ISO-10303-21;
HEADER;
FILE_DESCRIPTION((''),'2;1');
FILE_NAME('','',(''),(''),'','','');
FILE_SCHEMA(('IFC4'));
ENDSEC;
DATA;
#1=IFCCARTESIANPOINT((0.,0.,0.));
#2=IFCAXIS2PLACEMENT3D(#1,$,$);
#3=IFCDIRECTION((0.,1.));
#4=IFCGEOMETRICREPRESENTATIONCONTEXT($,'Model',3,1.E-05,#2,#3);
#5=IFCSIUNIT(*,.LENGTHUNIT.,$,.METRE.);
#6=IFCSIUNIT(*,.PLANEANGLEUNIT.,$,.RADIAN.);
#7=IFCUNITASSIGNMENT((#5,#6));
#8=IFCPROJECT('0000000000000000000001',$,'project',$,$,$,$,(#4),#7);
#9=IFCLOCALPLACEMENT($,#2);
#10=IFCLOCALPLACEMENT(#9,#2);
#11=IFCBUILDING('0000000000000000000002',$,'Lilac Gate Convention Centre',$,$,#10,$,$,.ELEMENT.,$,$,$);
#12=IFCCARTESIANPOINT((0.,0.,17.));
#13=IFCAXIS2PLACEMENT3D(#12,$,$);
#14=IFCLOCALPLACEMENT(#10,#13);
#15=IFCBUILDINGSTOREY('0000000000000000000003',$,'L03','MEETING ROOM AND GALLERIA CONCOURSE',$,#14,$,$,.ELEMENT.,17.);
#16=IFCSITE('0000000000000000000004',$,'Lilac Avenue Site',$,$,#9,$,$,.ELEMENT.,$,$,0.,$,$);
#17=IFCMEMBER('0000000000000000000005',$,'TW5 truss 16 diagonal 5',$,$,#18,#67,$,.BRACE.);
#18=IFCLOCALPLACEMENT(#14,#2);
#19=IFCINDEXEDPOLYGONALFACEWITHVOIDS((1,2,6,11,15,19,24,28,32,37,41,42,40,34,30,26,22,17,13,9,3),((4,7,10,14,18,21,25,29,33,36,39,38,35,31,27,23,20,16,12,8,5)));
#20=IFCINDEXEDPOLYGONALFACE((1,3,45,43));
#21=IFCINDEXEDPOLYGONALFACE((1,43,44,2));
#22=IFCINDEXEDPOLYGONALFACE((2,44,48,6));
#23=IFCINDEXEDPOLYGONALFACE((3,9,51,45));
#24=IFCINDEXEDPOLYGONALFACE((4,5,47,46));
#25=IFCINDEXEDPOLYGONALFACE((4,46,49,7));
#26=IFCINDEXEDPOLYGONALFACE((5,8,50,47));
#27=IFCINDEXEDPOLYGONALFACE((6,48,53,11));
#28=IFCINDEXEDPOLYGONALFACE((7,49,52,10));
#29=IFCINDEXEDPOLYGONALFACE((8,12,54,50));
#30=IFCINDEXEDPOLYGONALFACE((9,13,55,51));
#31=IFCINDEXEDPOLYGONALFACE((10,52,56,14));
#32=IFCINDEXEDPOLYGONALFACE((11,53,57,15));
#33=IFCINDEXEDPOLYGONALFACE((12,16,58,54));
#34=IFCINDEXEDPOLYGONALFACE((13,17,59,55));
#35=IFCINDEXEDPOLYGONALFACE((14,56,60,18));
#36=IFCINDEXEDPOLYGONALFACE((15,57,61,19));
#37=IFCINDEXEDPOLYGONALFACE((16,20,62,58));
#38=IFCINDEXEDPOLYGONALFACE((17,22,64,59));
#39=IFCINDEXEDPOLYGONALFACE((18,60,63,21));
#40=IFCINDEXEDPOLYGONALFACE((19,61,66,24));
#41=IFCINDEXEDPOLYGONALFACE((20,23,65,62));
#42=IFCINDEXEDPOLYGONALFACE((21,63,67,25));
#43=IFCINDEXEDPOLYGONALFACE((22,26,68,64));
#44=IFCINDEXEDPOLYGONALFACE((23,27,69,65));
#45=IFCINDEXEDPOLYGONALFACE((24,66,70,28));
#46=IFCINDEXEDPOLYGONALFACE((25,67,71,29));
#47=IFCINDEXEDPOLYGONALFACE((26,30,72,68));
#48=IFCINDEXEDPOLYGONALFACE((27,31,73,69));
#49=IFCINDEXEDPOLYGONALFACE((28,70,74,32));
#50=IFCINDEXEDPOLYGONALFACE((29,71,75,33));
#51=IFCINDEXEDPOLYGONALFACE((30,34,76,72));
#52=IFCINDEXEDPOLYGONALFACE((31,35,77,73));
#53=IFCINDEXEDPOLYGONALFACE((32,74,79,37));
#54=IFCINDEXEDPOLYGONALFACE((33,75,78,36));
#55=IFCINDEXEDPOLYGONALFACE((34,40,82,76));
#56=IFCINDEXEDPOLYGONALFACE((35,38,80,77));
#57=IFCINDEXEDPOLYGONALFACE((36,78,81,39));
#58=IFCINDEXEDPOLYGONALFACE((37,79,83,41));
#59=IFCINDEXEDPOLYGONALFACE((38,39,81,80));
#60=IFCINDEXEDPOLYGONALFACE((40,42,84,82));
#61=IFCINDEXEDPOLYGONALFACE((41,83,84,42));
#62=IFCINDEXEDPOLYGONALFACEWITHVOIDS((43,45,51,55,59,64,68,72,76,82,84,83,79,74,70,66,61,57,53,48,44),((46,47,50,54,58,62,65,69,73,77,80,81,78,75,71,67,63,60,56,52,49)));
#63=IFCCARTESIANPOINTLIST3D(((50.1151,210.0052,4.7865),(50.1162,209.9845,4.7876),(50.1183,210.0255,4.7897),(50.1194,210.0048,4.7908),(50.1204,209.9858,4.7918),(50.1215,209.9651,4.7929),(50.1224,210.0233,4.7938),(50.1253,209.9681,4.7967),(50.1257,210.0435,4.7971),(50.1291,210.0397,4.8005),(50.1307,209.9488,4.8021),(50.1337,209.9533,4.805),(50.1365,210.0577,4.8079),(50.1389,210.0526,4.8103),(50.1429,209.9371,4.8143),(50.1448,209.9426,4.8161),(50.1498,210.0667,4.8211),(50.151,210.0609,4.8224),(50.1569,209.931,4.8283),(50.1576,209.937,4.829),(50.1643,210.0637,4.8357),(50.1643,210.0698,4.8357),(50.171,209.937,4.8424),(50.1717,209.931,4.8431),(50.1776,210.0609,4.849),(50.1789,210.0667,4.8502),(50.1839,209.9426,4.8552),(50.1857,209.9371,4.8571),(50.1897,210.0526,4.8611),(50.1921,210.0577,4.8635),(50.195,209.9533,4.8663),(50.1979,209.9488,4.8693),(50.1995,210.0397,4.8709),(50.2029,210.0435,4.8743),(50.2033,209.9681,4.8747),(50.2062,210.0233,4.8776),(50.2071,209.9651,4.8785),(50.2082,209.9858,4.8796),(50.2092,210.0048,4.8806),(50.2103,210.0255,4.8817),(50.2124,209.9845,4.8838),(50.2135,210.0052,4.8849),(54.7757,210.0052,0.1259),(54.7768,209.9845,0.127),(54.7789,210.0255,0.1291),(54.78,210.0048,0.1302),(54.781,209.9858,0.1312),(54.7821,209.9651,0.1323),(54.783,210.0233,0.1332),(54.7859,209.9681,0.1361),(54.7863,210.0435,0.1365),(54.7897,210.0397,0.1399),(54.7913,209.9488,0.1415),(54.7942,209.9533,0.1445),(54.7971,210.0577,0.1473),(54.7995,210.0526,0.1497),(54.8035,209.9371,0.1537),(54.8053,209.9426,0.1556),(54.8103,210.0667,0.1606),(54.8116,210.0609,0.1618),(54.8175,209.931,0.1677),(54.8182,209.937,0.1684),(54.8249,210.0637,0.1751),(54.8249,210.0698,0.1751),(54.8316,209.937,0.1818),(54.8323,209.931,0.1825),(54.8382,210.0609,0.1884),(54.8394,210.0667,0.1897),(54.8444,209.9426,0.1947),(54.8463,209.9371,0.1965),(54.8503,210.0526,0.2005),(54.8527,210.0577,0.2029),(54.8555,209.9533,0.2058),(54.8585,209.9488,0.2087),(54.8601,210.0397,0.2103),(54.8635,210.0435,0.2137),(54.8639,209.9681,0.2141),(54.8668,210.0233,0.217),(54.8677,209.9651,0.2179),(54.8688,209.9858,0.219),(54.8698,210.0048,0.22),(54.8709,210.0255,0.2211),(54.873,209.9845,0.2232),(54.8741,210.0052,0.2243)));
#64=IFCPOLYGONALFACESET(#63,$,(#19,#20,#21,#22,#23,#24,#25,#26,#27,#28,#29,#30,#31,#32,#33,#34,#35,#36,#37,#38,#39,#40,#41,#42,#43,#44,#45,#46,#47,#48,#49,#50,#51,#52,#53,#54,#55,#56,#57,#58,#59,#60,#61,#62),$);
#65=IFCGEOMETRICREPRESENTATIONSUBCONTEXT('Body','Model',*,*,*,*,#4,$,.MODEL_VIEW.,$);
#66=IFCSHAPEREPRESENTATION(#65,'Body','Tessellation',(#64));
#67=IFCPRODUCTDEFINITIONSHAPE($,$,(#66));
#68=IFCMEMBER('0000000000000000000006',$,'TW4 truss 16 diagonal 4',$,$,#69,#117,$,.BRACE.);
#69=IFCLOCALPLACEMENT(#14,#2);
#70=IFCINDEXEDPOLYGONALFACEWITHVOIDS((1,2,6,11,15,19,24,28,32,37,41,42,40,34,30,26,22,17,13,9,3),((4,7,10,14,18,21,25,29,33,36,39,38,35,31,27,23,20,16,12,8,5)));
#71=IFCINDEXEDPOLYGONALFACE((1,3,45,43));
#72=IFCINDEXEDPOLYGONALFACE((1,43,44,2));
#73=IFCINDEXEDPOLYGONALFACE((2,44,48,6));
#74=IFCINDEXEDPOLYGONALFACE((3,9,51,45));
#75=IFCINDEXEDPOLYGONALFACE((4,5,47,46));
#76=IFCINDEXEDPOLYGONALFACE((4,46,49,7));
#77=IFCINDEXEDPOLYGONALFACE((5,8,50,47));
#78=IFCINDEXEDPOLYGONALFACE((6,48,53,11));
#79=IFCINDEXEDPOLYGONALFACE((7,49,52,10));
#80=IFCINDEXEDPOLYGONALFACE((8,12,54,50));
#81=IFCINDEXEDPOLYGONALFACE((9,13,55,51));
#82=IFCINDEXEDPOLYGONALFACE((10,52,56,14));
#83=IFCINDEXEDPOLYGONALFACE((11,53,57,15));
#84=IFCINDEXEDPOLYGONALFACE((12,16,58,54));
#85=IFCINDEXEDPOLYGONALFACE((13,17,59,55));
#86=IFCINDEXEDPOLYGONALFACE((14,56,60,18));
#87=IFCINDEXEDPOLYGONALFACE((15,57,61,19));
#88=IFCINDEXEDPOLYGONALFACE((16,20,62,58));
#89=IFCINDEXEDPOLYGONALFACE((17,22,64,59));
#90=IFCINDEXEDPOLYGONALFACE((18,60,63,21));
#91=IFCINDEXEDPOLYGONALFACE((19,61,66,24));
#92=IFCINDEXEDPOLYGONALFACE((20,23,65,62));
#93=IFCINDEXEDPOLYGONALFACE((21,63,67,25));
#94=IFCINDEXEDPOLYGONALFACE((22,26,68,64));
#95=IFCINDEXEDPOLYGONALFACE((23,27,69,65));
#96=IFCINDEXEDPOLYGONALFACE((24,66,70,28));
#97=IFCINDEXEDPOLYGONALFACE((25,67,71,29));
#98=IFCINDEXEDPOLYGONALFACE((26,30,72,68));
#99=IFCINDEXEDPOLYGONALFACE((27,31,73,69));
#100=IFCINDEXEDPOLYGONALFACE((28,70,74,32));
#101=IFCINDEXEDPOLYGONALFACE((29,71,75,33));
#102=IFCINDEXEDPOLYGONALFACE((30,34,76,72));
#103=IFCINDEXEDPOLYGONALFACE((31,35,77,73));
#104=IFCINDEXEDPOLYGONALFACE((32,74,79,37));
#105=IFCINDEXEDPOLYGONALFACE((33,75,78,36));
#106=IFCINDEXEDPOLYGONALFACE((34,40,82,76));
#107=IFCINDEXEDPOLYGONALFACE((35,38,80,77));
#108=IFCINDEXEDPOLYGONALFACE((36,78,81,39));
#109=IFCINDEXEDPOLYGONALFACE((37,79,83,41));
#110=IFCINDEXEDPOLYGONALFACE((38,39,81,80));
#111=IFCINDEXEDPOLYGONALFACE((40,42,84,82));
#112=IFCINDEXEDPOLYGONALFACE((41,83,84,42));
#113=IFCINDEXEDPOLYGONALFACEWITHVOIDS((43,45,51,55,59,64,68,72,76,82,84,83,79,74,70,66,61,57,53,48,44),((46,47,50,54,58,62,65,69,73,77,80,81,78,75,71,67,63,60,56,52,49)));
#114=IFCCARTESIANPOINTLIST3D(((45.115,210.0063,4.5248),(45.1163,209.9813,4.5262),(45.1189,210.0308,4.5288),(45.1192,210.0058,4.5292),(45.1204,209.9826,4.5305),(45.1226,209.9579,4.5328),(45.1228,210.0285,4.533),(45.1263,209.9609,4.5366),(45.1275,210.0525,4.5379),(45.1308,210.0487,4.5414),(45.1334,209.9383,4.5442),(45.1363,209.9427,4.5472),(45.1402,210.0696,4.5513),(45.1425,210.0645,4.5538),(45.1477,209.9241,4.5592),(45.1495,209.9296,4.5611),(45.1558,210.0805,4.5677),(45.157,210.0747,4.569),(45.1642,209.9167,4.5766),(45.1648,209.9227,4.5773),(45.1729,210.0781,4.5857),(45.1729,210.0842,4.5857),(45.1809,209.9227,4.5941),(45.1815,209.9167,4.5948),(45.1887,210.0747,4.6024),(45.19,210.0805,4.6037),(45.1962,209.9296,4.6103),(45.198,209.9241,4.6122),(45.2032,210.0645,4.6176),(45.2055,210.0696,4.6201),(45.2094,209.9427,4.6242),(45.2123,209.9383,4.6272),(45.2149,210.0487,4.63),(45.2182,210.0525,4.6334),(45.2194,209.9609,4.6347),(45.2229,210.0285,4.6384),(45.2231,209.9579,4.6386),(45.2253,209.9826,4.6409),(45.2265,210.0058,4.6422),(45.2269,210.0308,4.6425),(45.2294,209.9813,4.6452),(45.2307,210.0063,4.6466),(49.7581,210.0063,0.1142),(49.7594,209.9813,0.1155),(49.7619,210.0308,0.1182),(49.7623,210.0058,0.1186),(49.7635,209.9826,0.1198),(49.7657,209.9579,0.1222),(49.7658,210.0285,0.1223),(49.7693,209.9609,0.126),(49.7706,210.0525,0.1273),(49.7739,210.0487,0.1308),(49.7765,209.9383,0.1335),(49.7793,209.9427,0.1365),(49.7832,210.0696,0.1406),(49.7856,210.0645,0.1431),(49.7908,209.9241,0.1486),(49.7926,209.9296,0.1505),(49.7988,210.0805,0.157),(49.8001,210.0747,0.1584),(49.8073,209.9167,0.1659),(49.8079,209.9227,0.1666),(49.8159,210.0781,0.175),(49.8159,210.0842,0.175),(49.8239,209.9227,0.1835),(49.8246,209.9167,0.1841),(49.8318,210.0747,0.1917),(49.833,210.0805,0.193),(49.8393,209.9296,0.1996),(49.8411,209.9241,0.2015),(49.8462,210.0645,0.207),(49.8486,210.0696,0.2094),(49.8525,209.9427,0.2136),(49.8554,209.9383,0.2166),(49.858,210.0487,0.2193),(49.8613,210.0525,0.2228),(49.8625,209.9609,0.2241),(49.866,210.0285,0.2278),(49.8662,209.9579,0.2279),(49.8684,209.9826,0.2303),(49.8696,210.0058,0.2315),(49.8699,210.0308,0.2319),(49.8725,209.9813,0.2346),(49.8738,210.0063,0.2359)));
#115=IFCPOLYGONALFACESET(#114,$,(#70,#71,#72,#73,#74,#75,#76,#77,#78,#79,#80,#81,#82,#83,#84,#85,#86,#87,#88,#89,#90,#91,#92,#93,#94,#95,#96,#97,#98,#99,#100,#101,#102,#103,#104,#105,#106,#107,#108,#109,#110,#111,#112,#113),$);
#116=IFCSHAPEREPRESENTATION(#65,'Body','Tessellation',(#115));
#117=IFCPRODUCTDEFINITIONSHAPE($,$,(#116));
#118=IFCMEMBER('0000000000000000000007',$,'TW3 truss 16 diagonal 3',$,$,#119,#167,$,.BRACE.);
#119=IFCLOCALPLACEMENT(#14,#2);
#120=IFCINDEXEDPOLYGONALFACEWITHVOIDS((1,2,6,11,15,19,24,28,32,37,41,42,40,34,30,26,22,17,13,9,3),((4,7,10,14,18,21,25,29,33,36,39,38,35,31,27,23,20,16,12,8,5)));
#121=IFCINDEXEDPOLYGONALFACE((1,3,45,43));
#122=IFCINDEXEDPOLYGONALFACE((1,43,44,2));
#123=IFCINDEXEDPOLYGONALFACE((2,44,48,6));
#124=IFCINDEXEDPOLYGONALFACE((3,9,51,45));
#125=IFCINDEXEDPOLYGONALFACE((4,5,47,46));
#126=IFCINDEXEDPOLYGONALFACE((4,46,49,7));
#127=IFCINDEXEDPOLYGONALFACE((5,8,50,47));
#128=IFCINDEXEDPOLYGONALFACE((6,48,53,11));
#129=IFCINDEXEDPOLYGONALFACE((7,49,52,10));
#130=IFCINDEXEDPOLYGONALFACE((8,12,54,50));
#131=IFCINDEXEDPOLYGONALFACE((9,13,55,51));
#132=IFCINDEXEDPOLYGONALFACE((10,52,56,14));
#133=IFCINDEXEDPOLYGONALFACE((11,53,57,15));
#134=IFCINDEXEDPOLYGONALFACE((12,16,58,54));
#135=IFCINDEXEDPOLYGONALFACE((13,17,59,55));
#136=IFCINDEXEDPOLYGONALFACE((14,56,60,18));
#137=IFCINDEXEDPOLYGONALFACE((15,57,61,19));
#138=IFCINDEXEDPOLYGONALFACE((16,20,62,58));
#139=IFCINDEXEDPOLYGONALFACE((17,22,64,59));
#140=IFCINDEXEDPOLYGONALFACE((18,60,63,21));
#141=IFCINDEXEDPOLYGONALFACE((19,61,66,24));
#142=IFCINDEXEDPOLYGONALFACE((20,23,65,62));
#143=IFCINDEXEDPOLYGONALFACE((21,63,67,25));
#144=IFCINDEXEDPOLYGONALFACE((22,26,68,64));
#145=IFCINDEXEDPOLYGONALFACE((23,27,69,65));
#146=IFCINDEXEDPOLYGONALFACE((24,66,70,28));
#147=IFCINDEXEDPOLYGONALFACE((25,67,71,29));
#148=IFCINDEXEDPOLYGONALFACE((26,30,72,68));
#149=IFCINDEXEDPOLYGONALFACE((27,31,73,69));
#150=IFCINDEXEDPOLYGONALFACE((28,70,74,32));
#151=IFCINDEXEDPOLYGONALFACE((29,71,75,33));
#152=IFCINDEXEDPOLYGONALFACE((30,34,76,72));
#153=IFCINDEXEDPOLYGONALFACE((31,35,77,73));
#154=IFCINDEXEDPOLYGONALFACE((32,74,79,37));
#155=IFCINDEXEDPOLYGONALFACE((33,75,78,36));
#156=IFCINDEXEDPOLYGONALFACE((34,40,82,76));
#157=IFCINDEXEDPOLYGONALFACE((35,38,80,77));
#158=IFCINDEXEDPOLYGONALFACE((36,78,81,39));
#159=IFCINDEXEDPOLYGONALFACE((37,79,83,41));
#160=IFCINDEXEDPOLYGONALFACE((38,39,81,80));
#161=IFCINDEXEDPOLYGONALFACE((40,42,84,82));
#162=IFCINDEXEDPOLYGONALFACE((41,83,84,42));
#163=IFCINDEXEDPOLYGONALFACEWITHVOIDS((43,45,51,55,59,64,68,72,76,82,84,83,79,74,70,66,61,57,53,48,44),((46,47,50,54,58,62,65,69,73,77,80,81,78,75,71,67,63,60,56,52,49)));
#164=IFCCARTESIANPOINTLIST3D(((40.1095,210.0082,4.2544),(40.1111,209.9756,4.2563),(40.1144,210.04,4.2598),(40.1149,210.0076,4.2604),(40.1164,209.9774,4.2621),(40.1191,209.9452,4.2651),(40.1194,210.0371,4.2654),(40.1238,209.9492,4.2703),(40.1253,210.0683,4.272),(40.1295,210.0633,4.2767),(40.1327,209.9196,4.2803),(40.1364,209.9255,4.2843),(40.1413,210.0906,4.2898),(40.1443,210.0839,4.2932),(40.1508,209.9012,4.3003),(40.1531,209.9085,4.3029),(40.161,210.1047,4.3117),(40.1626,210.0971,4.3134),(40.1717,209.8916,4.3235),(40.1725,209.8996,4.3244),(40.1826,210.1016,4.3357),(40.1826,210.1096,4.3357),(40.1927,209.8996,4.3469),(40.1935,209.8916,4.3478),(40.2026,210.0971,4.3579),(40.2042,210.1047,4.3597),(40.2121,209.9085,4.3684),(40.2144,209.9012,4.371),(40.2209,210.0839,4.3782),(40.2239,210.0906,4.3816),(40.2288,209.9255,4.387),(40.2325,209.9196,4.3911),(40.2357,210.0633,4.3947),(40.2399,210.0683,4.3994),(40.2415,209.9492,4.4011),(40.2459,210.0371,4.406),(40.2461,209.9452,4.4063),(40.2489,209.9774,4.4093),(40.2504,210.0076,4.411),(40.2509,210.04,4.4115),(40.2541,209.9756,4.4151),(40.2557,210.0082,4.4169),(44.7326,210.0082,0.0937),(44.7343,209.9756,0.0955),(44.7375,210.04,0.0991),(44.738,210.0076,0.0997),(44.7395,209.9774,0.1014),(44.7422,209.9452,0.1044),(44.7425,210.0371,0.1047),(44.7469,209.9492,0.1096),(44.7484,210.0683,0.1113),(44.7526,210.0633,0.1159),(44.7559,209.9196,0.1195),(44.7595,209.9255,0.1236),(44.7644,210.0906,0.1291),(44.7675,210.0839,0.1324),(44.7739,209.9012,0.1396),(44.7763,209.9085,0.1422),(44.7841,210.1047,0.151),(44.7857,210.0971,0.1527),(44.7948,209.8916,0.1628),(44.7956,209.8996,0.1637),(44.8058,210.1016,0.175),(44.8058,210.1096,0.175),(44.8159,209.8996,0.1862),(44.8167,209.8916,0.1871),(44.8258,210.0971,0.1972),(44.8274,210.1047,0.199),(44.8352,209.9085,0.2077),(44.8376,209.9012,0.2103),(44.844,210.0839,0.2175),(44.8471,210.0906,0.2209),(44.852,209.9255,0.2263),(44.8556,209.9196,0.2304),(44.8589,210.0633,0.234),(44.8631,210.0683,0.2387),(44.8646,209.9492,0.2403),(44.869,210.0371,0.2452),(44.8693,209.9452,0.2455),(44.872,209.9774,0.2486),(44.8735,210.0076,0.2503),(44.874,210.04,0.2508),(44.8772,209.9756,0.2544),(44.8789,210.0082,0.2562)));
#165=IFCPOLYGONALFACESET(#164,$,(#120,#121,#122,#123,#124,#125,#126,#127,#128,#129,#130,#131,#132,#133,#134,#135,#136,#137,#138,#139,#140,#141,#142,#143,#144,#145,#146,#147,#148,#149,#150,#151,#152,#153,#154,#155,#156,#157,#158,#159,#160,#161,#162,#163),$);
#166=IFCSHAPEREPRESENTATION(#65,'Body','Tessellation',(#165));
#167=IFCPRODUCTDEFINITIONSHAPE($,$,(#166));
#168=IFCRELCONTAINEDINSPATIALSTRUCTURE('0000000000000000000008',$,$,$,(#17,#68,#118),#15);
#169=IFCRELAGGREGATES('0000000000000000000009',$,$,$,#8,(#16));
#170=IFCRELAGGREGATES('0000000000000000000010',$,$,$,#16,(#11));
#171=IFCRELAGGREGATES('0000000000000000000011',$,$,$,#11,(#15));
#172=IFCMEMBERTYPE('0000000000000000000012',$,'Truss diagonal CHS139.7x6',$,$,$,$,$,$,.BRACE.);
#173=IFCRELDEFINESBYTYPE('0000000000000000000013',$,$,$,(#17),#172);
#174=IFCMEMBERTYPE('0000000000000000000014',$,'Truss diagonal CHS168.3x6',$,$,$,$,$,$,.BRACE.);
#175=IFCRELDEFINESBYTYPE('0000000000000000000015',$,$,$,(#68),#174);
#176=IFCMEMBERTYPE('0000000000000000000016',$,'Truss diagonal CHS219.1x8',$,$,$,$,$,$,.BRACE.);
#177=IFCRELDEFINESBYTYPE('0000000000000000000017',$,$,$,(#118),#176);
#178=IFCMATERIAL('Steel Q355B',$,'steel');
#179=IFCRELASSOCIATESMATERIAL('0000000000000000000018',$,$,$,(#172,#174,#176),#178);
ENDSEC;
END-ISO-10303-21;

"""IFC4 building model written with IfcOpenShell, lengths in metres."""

from ifc_helpers import new_model, si_unit, direction, frame, origin, origin_2d, place, context, subcontext, project, spatial, hollow_circle, extrude, material, material_profile, profile_set, type_object, element, save


model = new_model("IFC4")

# Units and contexts
model_context = context("Model", 3, precision=1e-05, world=origin(), true_north=direction((0.0, 1.0)))
body_context = subcontext(model_context, "Body", "Model", "MODEL_VIEW")
ifc_project = project(units=[si_unit("LENGTHUNIT", "METRE"), si_unit("PLANEANGLEUNIT", "RADIAN")], contexts=[model_context])

# Site, building, storey
site_placement = place(None, origin())
site = spatial("IfcSite", under=ifc_project, at=site_placement, Name="Lilac Avenue Site", CompositionType="ELEMENT", RefElevation=0.0)
building_placement = place(site_placement, origin())
building = spatial("IfcBuilding", under=site, at=building_placement, Name="Lilac Gate Convention Centre", CompositionType="ELEMENT")
storey_placement = place(building_placement, frame((0.0, 0.0, 17.0)))
storey = spatial("IfcBuildingStorey", under=building, at=storey_placement, Name="L03", Description="MEETING ROOM AND GALLERIA CONCOURSE", CompositionType="ELEMENT", Elevation=17.0)

# Members
ifc_material = material(Name="Steel Q355B", Category="steel")
ifc_material_profile_1 = material_profile(ifc_material, hollow_circle(Radius=0.0698, WallThickness=0.0061, at=origin_2d()), Name="CHS139.7x6")
ifc_profile_set_1 = profile_set([ifc_material_profile_1], Name="Steel Q355B")
member_type_1 = type_object("IfcMemberType", Name="Truss diagonal CHS139.7x6", PredefinedType="BRACE", material=ifc_profile_set_1)
member_1_placement = place(storey_placement, frame((50.1643, 210.0, 4.8357), z_axis=(0.707107, 0.0, -0.707107), x_axis=(0.0, 1.0, 0.0)))
element("IfcMember", 1, at=member_1_placement, inside=storey, type_object=member_type_1, Name="TW5 truss 16 diagonal 5", PredefinedType="BRACE", context=body_context, shape_type="SweptSolid", body=[
    extrude(hollow_circle(Radius=0.0698, WallThickness=0.0061, at=origin_2d()), origin(), (0.0, 0.0, 1.0), 6.5911),
])
ifc_material_profile_2 = material_profile(ifc_material, hollow_circle(Radius=0.0842, WallThickness=0.0061, at=origin_2d()), Name="CHS168.3x6")
ifc_profile_set_2 = profile_set([ifc_material_profile_2], Name="Steel Q355B")
member_type_2 = type_object("IfcMemberType", Name="Truss diagonal CHS168.3x6", PredefinedType="BRACE", material=ifc_profile_set_2)
member_2_placement = place(storey_placement, frame((45.1729, 210.0, 4.5857), z_axis=(0.72502, 0.0, -0.688727), x_axis=(0.0, 1.0, 0.0)))
element("IfcMember", 2, at=member_2_placement, inside=storey, type_object=member_type_2, Name="TW4 truss 16 diagonal 4", PredefinedType="BRACE", context=body_context, shape_type="SweptSolid", body=[
    extrude(hollow_circle(Radius=0.0842, WallThickness=0.0061, at=origin_2d()), origin(), (0.0, 0.0, 1.0), 6.4041),
])
ifc_material_profile_3 = material_profile(ifc_material, hollow_circle(Radius=0.1096, WallThickness=0.0081, at=origin_2d()), Name="CHS219.1x8")
ifc_profile_set_3 = profile_set([ifc_material_profile_3], Name="Steel Q355B")
member_type_3 = type_object("IfcMemberType", Name="Truss diagonal CHS219.1x8", PredefinedType="BRACE", material=ifc_profile_set_3)
member_3_placement = place(storey_placement, frame((40.1826, 210.0, 4.3357), z_axis=(0.743302, 0.0, -0.668956), x_axis=(0.0, 1.0, 0.0)))
element("IfcMember", 3, at=member_3_placement, inside=storey, type_object=member_type_3, Name="TW3 truss 16 diagonal 3", PredefinedType="BRACE", context=body_context, shape_type="SweptSolid", body=[
    extrude(hollow_circle(Radius=0.1096, WallThickness=0.0081, at=origin_2d()), origin(), (0.0, 0.0, 1.0), 6.2197),
])

save(model, "model.ifc")
